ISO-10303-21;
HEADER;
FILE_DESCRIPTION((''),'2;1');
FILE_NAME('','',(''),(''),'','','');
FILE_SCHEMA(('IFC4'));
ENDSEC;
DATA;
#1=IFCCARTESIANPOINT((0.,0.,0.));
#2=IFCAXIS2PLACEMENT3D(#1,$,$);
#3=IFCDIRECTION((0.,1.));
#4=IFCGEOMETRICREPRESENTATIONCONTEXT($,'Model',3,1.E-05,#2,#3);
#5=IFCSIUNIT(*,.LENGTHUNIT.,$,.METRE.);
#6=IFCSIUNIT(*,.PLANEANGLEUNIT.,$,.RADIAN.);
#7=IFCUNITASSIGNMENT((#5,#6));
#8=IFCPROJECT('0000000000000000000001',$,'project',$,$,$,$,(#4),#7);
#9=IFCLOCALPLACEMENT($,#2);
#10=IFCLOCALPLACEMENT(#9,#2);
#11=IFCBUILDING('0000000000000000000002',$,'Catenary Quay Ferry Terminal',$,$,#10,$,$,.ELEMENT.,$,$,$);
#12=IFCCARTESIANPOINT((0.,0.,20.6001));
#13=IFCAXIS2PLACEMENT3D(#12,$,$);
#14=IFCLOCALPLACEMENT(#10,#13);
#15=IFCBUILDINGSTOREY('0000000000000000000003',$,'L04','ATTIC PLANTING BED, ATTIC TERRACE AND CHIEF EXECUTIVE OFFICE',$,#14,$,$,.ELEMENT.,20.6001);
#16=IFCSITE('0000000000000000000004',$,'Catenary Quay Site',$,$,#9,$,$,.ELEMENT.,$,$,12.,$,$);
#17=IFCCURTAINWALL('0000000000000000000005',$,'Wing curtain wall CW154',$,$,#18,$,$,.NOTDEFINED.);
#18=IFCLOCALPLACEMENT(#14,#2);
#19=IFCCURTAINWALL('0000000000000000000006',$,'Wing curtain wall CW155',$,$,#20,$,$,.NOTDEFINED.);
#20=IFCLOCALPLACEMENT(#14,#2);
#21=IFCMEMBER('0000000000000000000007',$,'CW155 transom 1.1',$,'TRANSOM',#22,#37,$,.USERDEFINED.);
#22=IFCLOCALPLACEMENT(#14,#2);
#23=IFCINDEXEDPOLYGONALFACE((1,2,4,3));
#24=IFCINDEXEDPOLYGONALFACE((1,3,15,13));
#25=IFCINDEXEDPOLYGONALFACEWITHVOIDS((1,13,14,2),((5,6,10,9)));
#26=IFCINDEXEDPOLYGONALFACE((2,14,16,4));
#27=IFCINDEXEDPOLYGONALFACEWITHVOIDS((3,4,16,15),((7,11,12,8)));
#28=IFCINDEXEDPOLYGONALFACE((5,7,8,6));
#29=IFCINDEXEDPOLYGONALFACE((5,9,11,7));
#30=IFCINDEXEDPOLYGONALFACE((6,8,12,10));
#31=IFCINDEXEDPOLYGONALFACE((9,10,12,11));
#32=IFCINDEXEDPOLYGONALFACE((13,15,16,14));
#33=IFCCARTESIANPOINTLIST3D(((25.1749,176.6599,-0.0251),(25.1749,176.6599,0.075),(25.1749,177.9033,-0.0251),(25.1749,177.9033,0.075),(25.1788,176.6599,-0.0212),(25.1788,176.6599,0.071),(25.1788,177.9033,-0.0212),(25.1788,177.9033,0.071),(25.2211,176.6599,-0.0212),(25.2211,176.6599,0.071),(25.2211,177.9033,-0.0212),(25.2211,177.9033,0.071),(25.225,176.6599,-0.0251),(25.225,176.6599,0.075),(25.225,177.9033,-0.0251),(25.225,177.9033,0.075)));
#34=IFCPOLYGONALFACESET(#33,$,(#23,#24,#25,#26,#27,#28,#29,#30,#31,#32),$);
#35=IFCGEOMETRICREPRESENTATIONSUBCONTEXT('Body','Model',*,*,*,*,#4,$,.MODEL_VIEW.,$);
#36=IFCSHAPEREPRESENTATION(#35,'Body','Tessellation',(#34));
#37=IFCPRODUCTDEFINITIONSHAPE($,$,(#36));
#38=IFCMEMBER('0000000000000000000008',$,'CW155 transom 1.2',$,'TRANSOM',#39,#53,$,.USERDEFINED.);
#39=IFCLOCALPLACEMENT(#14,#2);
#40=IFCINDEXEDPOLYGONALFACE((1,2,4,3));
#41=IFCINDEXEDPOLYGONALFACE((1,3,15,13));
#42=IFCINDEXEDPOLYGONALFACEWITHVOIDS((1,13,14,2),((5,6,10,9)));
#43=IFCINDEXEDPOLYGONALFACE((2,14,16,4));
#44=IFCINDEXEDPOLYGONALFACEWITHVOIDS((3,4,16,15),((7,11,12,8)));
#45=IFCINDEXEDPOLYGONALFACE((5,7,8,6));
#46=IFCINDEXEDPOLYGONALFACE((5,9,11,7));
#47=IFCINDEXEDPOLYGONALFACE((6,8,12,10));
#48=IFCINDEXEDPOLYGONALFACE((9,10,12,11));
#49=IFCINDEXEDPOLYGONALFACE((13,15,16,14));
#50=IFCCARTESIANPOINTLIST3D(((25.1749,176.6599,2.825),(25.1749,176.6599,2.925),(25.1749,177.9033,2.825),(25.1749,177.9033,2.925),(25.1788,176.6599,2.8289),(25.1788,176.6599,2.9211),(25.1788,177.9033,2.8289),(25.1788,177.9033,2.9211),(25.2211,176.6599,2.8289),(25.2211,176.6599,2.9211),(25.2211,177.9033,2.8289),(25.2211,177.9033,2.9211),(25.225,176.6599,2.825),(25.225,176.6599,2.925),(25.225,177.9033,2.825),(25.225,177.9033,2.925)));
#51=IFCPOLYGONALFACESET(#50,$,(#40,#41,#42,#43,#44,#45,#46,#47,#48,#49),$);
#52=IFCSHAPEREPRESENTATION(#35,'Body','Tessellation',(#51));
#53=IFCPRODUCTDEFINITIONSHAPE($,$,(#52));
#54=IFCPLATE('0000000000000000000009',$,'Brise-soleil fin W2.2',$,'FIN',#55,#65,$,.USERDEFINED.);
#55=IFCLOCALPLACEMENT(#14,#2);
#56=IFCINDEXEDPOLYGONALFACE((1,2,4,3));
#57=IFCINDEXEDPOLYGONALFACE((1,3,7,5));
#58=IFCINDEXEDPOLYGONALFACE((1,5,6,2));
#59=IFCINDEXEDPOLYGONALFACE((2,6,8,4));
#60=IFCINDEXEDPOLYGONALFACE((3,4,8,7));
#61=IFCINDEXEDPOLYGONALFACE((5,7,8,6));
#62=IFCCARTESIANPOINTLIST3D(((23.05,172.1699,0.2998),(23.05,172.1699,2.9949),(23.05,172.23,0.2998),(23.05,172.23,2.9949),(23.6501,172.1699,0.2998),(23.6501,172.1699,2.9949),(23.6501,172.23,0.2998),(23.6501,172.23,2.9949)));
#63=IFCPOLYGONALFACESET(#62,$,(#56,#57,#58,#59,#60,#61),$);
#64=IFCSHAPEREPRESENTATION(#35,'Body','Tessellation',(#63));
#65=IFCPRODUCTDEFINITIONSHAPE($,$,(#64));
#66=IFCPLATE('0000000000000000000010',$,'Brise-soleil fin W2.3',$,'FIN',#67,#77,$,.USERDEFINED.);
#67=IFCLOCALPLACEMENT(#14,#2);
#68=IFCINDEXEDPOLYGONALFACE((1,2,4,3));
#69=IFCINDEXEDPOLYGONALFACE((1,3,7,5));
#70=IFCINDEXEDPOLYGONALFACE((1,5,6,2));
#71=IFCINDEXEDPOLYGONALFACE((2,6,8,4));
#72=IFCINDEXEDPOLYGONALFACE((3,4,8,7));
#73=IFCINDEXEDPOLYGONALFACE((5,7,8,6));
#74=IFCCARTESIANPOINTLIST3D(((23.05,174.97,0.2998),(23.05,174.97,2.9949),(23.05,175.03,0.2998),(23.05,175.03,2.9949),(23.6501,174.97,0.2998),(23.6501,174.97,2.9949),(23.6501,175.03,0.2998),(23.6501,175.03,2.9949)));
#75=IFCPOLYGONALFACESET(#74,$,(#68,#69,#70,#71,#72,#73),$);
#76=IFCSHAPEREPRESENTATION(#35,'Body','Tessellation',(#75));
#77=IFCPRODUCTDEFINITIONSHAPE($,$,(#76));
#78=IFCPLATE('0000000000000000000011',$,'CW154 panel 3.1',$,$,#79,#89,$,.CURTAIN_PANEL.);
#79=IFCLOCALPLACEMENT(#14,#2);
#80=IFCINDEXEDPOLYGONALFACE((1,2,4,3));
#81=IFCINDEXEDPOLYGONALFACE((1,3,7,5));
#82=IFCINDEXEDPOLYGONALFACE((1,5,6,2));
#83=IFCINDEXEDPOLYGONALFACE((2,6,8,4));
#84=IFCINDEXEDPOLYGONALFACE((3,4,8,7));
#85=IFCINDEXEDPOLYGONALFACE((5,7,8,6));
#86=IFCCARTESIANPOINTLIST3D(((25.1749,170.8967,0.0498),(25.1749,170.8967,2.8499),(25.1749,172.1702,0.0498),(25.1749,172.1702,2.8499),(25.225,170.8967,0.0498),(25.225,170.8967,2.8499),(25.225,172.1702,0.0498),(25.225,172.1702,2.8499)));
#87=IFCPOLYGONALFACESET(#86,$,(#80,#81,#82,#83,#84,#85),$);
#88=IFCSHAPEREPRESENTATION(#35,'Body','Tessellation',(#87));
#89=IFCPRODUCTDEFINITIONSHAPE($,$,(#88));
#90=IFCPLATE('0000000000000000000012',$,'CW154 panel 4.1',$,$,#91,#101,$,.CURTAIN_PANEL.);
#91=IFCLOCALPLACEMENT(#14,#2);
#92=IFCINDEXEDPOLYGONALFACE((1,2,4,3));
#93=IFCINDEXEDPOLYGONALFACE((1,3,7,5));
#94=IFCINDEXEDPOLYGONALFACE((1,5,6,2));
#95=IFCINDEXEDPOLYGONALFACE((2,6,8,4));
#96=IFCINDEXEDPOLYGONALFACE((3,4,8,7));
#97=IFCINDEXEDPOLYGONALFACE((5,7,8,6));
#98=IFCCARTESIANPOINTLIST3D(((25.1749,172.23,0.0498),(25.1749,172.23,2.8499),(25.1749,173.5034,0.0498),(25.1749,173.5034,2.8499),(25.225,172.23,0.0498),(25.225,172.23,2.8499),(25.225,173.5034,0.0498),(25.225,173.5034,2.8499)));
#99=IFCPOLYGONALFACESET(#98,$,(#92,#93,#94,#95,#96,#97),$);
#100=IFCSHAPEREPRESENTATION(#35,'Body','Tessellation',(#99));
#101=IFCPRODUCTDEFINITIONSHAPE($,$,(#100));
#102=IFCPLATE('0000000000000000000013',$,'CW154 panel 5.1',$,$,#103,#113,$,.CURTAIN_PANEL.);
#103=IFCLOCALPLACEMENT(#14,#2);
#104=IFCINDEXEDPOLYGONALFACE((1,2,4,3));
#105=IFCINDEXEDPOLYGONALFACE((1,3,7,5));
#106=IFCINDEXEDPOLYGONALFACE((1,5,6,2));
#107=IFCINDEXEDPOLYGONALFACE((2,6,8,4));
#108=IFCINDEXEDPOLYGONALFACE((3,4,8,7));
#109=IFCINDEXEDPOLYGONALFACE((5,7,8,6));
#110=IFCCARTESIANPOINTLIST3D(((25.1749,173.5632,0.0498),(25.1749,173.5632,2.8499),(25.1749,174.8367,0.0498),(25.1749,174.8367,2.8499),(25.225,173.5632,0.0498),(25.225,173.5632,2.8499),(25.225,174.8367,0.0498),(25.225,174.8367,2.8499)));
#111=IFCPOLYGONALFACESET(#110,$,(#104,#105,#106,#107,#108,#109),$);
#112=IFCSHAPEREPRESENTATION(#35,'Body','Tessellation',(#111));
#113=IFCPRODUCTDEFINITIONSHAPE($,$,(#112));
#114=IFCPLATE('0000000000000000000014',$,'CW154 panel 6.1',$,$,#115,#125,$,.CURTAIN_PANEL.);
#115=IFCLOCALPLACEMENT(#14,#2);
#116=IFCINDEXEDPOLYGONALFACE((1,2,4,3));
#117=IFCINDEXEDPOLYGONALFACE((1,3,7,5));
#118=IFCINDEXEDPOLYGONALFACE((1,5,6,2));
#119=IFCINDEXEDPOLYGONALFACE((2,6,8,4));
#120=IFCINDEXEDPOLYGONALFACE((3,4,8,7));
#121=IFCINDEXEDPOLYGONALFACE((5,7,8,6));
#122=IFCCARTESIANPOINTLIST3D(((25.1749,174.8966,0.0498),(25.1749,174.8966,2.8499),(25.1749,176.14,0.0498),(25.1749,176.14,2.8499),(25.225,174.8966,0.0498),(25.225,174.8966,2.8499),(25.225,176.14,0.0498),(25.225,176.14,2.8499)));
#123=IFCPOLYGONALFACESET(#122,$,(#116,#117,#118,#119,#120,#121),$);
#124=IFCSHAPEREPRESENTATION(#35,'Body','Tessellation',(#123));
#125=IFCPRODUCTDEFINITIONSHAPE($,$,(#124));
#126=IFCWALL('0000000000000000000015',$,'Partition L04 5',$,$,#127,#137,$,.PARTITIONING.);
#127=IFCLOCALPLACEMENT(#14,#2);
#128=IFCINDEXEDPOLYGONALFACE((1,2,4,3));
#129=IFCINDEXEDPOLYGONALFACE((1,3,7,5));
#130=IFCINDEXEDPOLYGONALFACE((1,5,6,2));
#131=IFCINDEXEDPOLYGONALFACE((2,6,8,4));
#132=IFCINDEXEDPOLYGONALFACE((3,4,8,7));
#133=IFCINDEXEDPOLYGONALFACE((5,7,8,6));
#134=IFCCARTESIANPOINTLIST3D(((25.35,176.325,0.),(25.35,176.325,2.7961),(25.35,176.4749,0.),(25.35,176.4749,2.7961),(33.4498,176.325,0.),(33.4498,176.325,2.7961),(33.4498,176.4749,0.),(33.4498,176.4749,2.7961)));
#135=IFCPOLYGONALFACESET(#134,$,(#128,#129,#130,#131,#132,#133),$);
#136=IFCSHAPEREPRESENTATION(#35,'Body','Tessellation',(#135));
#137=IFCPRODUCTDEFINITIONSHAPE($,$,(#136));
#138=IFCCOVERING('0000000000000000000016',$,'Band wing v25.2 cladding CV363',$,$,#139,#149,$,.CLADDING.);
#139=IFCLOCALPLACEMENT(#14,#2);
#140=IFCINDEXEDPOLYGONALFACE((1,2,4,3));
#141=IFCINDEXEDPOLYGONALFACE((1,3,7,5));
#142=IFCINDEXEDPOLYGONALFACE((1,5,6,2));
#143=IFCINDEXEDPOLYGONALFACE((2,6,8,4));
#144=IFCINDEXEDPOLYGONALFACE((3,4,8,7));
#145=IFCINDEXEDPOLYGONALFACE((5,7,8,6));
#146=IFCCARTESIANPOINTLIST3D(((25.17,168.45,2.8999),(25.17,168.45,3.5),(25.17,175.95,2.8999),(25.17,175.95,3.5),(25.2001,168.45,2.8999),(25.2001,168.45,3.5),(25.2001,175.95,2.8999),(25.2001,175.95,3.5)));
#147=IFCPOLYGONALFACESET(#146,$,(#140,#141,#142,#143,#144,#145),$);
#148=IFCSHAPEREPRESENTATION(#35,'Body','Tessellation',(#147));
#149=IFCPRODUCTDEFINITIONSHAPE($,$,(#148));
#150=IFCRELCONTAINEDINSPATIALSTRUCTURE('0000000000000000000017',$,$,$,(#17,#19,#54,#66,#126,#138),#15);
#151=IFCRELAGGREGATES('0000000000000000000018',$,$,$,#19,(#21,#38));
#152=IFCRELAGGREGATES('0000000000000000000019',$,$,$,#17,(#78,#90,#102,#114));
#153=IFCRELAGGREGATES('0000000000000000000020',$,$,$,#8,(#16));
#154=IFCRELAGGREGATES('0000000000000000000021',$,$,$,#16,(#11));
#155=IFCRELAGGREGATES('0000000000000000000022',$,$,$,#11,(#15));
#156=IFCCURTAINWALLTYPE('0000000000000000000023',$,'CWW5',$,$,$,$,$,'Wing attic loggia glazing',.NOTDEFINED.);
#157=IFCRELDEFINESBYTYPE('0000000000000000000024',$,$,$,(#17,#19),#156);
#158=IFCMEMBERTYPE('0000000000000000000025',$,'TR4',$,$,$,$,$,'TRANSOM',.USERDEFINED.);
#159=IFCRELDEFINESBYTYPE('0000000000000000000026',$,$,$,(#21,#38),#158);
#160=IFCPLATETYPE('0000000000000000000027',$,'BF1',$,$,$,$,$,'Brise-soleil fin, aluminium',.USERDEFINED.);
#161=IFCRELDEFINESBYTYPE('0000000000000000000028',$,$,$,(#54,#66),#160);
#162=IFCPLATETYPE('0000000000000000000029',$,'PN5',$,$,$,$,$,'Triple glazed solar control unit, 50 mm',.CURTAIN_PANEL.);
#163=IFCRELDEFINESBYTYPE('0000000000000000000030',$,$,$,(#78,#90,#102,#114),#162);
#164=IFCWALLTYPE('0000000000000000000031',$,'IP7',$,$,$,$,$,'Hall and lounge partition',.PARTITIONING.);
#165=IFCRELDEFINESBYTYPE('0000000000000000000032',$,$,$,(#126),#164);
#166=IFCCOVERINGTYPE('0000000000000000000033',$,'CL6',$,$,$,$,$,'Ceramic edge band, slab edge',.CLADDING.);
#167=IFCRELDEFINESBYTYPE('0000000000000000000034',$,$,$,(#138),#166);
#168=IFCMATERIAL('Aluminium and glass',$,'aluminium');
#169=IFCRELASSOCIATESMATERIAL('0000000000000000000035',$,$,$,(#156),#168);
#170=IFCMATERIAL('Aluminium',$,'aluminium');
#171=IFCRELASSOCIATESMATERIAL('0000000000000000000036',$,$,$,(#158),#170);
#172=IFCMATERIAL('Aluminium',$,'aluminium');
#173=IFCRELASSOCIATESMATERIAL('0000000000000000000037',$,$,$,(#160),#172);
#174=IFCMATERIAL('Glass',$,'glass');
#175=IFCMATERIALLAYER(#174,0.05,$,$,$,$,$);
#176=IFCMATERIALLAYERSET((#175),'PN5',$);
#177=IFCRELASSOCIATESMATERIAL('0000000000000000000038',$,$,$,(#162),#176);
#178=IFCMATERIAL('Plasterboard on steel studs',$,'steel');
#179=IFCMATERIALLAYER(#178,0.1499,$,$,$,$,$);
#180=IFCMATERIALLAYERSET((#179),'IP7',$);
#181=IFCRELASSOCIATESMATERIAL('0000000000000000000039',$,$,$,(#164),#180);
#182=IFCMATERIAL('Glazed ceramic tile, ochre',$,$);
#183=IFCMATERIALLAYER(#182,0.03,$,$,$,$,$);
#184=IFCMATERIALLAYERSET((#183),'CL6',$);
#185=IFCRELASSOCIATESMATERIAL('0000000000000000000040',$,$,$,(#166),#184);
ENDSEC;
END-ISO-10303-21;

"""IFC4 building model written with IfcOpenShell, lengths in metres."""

from ifc_helpers import new_model, si_unit, direction, frame, frame_2d, origin, origin_2d, place, context, subcontext, project, spatial, rectangle, hollow_rectangle, extrude, material, layer, layer_set, material_profile, profile_set, type_object, element, aggregate, save


model = new_model("IFC4")

# Units and contexts
model_context = context("Model", 3, precision=1e-05, world=origin(), true_north=direction((0.0, 1.0)))
body_context = subcontext(model_context, "Body", "Model", "MODEL_VIEW")
ifc_project = project(units=[si_unit("LENGTHUNIT", "METRE"), si_unit("PLANEANGLEUNIT", "RADIAN")], contexts=[model_context])

# Site, building, storey
site_placement = place(None, origin())
site = spatial("IfcSite", under=ifc_project, at=site_placement, Name="Catenary Quay Site", CompositionType="ELEMENT", RefElevation=12.0)
building_placement = place(site_placement, origin())
building = spatial("IfcBuilding", under=site, at=building_placement, Name="Catenary Quay Ferry Terminal", CompositionType="ELEMENT")
storey_placement = place(building_placement, frame((0.0, 0.0, 20.6001)))
storey = spatial("IfcBuildingStorey", under=building, at=storey_placement, Name="L04", Description="ATTIC PLANTING BED, ATTIC TERRACE AND CHIEF EXECUTIVE OFFICE", CompositionType="ELEMENT", Elevation=20.6001)

# Curtain wall
ifc_material_1 = material(Name="Aluminium and glass", Category="aluminium")
curtain_wall_type = type_object("IfcCurtainWallType", Name="CWW5", ElementType="Wing attic loggia glazing", PredefinedType="NOTDEFINED", material=ifc_material_1)
curtain_wall_1_placement = place(storey_placement, origin())
curtain_wall_1 = element("IfcCurtainWall", 1, at=curtain_wall_1_placement, inside=storey, type_object=curtain_wall_type, Name="Wing curtain wall CW154", PredefinedType="NOTDEFINED")

# Curtain wall
curtain_wall_2_placement = place(storey_placement, origin())
curtain_wall_2 = element("IfcCurtainWall", 2, at=curtain_wall_2_placement, inside=storey, type_object=curtain_wall_type, Name="Wing curtain wall CW155", PredefinedType="NOTDEFINED")

# Members
ifc_material_2 = material(Name="Aluminium", Category="aluminium")
ifc_material_profile_1 = material_profile(ifc_material_2, hollow_rectangle(XDim=0.05, YDim=0.1001, WallThickness=0.0039, at=origin_2d()), Name="TR4")
ifc_profile_set_1 = profile_set([ifc_material_profile_1], Name="Aluminium")
member_type_1 = type_object("IfcMemberType", Name="TR4", ElementType="TRANSOM", PredefinedType="USERDEFINED", material=ifc_profile_set_1)
member_1_placement = place(storey_placement, frame((25.2, 176.6599, 0.0249), z_axis=(0.0, 1.0, 0.0), x_axis=(-1.0, 0.0, 0.0)))
member_1 = element("IfcMember", 3, at=member_1_placement, type_object=member_type_1, Name="CW155 transom 1.1", ObjectType="TRANSOM", PredefinedType="USERDEFINED", context=body_context, shape_type="SweptSolid", body=[
    extrude(hollow_rectangle(XDim=0.05, YDim=0.1001, WallThickness=0.0039, at=origin_2d()), origin(), (0.0, 0.0, 1.0), 1.2434),
])
member_2_placement = place(storey_placement, frame((25.2, 176.6599, 2.875), z_axis=(0.0, 1.0, 0.0), x_axis=(-1.0, 0.0, 0.0)))
member_2 = element("IfcMember", 4, at=member_2_placement, type_object=member_type_1, Name="CW155 transom 1.2", ObjectType="TRANSOM", PredefinedType="USERDEFINED", context=body_context, shape_type="SweptSolid", body=[
    extrude(hollow_rectangle(XDim=0.05, YDim=0.1001, WallThickness=0.0039, at=origin_2d()), origin(), (0.0, 0.0, 1.0), 1.2434),
])
aggregate(curtain_wall_2, [member_1, member_2])

# Plates
ifc_material_3 = material(Name="Aluminium", Category="aluminium")
ifc_material_profile_2 = material_profile(ifc_material_3, rectangle(XDim=0.0601, YDim=0.6001, at=origin_2d()), Name="BF1")
ifc_profile_set_2 = profile_set([ifc_material_profile_2], Name="Aluminium")
plate_type_1 = type_object("IfcPlateType", Name="BF1", ElementType="Brise-soleil fin, aluminium", PredefinedType="USERDEFINED", material=ifc_profile_set_2)
for number, where, z_axis, x_axis, name in (
    (5, (23.3501, 172.2, 0.2998), (0.0, 0.0, 1.0), (0.0, 1.0, 0.0), "Brise-soleil fin W2.2"),
    (6, (23.3501, 175.0, 0.2998), (0.0, 0.0, 1.0), (0.0, 1.0, 0.0), "Brise-soleil fin W2.3"),
):
    element("IfcPlate", number, at=place(storey_placement, frame(where, z_axis=z_axis, x_axis=x_axis)), inside=storey, type_object=plate_type_1, Name=name, ObjectType="FIN", PredefinedType="USERDEFINED", context=body_context, shape_type="SweptSolid", body=[
        extrude(rectangle(XDim=0.0601, YDim=0.6001, at=origin_2d()), origin(), (0.0, 0.0, 1.0), 2.6951),
    ])

# Plates
ifc_material_4 = material(Name="Glass", Category="glass")
ifc_layer_1 = layer(ifc_material_4, 0.05)
ifc_layer_set_1 = layer_set([ifc_layer_1], Name="PN5")
plate_type_2 = type_object("IfcPlateType", Name="PN5", ElementType="Triple glazed solar control unit, 50 mm", PredefinedType="CURTAIN_PANEL", material=ifc_layer_set_1)
plate_1_placement = place(storey_placement, frame((25.2, 171.5334, 0.0498), z_axis=(0.0, 0.0, 1.0), x_axis=(0.0, 1.0, 0.0)))
plate_1 = element("IfcPlate", 7, at=plate_1_placement, type_object=plate_type_2, Name="CW154 panel 3.1", PredefinedType="CURTAIN_PANEL", context=body_context, shape_type="SweptSolid", body=[
    extrude(rectangle(XDim=1.2734, YDim=0.05, at=origin_2d()), origin(), (0.0, 0.0, 1.0), 2.8),
])
plate_2_placement = place(storey_placement, frame((25.2, 172.8667, 0.0498), z_axis=(0.0, 0.0, 1.0), x_axis=(0.0, 1.0, 0.0)))
plate_2 = element("IfcPlate", 8, at=plate_2_placement, type_object=plate_type_2, Name="CW154 panel 4.1", PredefinedType="CURTAIN_PANEL", context=body_context, shape_type="SweptSolid", body=[
    extrude(rectangle(XDim=1.2734, YDim=0.05, at=origin_2d()), origin(), (0.0, 0.0, 1.0), 2.8),
])
plate_3_placement = place(storey_placement, frame((25.2, 174.2, 0.0498), z_axis=(0.0, 0.0, 1.0), x_axis=(0.0, 1.0, 0.0)))
plate_3 = element("IfcPlate", 9, at=plate_3_placement, type_object=plate_type_2, Name="CW154 panel 5.1", PredefinedType="CURTAIN_PANEL", context=body_context, shape_type="SweptSolid", body=[
    extrude(rectangle(XDim=1.2734, YDim=0.05, at=origin_2d()), origin(), (0.0, 0.0, 1.0), 2.8),
])
plate_4_placement = place(storey_placement, frame((25.2, 175.5183, 0.0498), z_axis=(0.0, 0.0, 1.0), x_axis=(0.0, 1.0, 0.0)))
plate_4 = element("IfcPlate", 10, at=plate_4_placement, type_object=plate_type_2, Name="CW154 panel 6.1", PredefinedType="CURTAIN_PANEL", context=body_context, shape_type="SweptSolid", body=[
    extrude(rectangle(XDim=1.2434, YDim=0.05, at=origin_2d()), origin(), (0.0, 0.0, 1.0), 2.8),
])
aggregate(curtain_wall_1, [plate_1, plate_2, plate_3, plate_4])

# Wall
ifc_material_5 = material(Name="Plasterboard on steel studs", Category="steel")
ifc_layer_2 = layer(ifc_material_5, 0.1499)
ifc_layer_set_2 = layer_set([ifc_layer_2], Name="IP7")
wall_type = type_object("IfcWallType", Name="IP7", ElementType="Hall and lounge partition", PredefinedType="PARTITIONING", material=ifc_layer_set_2)
wall_placement = place(storey_placement, frame((25.3501, 176.3999, 0.0), z_axis=(0.0, 0.0, 1.0), x_axis=(1.0, 0.0, 0.0)))
element("IfcWall", 11, at=wall_placement, inside=storey, type_object=wall_type, Name="Partition L04 5", PredefinedType="PARTITIONING", context=body_context, shape_type="SweptSolid", body=[
    extrude(rectangle(XDim=8.0999, YDim=0.1499, at=frame_2d((4.0498, 0.0))), origin(), (0.0, 0.0, 1.0), 2.7961),
])

# Covering
ifc_material_6 = material(Name="Glazed ceramic tile, ochre")
ifc_layer_3 = layer(ifc_material_6, 0.03)
ifc_layer_set_3 = layer_set([ifc_layer_3], Name="CL6")
covering_type = type_object("IfcCoveringType", Name="CL6", ElementType="Ceramic edge band, slab edge", PredefinedType="CLADDING", material=ifc_layer_set_3)
covering_placement = place(storey_placement, frame((25.1851, 172.2, 2.8999), z_axis=(0.0, 0.0, 1.0), x_axis=(1.0, 0.0, 0.0)))
element("IfcCovering", 12, at=covering_placement, inside=storey, type_object=covering_type, Name="Band wing v25.2 cladding CV363", PredefinedType="CLADDING", context=body_context, shape_type="SweptSolid", body=[
    extrude(rectangle(XDim=0.03, YDim=7.5, at=origin_2d()), origin(), (0.0, 0.0, 1.0), 0.6001),
])

save(model, "model.ifc")
